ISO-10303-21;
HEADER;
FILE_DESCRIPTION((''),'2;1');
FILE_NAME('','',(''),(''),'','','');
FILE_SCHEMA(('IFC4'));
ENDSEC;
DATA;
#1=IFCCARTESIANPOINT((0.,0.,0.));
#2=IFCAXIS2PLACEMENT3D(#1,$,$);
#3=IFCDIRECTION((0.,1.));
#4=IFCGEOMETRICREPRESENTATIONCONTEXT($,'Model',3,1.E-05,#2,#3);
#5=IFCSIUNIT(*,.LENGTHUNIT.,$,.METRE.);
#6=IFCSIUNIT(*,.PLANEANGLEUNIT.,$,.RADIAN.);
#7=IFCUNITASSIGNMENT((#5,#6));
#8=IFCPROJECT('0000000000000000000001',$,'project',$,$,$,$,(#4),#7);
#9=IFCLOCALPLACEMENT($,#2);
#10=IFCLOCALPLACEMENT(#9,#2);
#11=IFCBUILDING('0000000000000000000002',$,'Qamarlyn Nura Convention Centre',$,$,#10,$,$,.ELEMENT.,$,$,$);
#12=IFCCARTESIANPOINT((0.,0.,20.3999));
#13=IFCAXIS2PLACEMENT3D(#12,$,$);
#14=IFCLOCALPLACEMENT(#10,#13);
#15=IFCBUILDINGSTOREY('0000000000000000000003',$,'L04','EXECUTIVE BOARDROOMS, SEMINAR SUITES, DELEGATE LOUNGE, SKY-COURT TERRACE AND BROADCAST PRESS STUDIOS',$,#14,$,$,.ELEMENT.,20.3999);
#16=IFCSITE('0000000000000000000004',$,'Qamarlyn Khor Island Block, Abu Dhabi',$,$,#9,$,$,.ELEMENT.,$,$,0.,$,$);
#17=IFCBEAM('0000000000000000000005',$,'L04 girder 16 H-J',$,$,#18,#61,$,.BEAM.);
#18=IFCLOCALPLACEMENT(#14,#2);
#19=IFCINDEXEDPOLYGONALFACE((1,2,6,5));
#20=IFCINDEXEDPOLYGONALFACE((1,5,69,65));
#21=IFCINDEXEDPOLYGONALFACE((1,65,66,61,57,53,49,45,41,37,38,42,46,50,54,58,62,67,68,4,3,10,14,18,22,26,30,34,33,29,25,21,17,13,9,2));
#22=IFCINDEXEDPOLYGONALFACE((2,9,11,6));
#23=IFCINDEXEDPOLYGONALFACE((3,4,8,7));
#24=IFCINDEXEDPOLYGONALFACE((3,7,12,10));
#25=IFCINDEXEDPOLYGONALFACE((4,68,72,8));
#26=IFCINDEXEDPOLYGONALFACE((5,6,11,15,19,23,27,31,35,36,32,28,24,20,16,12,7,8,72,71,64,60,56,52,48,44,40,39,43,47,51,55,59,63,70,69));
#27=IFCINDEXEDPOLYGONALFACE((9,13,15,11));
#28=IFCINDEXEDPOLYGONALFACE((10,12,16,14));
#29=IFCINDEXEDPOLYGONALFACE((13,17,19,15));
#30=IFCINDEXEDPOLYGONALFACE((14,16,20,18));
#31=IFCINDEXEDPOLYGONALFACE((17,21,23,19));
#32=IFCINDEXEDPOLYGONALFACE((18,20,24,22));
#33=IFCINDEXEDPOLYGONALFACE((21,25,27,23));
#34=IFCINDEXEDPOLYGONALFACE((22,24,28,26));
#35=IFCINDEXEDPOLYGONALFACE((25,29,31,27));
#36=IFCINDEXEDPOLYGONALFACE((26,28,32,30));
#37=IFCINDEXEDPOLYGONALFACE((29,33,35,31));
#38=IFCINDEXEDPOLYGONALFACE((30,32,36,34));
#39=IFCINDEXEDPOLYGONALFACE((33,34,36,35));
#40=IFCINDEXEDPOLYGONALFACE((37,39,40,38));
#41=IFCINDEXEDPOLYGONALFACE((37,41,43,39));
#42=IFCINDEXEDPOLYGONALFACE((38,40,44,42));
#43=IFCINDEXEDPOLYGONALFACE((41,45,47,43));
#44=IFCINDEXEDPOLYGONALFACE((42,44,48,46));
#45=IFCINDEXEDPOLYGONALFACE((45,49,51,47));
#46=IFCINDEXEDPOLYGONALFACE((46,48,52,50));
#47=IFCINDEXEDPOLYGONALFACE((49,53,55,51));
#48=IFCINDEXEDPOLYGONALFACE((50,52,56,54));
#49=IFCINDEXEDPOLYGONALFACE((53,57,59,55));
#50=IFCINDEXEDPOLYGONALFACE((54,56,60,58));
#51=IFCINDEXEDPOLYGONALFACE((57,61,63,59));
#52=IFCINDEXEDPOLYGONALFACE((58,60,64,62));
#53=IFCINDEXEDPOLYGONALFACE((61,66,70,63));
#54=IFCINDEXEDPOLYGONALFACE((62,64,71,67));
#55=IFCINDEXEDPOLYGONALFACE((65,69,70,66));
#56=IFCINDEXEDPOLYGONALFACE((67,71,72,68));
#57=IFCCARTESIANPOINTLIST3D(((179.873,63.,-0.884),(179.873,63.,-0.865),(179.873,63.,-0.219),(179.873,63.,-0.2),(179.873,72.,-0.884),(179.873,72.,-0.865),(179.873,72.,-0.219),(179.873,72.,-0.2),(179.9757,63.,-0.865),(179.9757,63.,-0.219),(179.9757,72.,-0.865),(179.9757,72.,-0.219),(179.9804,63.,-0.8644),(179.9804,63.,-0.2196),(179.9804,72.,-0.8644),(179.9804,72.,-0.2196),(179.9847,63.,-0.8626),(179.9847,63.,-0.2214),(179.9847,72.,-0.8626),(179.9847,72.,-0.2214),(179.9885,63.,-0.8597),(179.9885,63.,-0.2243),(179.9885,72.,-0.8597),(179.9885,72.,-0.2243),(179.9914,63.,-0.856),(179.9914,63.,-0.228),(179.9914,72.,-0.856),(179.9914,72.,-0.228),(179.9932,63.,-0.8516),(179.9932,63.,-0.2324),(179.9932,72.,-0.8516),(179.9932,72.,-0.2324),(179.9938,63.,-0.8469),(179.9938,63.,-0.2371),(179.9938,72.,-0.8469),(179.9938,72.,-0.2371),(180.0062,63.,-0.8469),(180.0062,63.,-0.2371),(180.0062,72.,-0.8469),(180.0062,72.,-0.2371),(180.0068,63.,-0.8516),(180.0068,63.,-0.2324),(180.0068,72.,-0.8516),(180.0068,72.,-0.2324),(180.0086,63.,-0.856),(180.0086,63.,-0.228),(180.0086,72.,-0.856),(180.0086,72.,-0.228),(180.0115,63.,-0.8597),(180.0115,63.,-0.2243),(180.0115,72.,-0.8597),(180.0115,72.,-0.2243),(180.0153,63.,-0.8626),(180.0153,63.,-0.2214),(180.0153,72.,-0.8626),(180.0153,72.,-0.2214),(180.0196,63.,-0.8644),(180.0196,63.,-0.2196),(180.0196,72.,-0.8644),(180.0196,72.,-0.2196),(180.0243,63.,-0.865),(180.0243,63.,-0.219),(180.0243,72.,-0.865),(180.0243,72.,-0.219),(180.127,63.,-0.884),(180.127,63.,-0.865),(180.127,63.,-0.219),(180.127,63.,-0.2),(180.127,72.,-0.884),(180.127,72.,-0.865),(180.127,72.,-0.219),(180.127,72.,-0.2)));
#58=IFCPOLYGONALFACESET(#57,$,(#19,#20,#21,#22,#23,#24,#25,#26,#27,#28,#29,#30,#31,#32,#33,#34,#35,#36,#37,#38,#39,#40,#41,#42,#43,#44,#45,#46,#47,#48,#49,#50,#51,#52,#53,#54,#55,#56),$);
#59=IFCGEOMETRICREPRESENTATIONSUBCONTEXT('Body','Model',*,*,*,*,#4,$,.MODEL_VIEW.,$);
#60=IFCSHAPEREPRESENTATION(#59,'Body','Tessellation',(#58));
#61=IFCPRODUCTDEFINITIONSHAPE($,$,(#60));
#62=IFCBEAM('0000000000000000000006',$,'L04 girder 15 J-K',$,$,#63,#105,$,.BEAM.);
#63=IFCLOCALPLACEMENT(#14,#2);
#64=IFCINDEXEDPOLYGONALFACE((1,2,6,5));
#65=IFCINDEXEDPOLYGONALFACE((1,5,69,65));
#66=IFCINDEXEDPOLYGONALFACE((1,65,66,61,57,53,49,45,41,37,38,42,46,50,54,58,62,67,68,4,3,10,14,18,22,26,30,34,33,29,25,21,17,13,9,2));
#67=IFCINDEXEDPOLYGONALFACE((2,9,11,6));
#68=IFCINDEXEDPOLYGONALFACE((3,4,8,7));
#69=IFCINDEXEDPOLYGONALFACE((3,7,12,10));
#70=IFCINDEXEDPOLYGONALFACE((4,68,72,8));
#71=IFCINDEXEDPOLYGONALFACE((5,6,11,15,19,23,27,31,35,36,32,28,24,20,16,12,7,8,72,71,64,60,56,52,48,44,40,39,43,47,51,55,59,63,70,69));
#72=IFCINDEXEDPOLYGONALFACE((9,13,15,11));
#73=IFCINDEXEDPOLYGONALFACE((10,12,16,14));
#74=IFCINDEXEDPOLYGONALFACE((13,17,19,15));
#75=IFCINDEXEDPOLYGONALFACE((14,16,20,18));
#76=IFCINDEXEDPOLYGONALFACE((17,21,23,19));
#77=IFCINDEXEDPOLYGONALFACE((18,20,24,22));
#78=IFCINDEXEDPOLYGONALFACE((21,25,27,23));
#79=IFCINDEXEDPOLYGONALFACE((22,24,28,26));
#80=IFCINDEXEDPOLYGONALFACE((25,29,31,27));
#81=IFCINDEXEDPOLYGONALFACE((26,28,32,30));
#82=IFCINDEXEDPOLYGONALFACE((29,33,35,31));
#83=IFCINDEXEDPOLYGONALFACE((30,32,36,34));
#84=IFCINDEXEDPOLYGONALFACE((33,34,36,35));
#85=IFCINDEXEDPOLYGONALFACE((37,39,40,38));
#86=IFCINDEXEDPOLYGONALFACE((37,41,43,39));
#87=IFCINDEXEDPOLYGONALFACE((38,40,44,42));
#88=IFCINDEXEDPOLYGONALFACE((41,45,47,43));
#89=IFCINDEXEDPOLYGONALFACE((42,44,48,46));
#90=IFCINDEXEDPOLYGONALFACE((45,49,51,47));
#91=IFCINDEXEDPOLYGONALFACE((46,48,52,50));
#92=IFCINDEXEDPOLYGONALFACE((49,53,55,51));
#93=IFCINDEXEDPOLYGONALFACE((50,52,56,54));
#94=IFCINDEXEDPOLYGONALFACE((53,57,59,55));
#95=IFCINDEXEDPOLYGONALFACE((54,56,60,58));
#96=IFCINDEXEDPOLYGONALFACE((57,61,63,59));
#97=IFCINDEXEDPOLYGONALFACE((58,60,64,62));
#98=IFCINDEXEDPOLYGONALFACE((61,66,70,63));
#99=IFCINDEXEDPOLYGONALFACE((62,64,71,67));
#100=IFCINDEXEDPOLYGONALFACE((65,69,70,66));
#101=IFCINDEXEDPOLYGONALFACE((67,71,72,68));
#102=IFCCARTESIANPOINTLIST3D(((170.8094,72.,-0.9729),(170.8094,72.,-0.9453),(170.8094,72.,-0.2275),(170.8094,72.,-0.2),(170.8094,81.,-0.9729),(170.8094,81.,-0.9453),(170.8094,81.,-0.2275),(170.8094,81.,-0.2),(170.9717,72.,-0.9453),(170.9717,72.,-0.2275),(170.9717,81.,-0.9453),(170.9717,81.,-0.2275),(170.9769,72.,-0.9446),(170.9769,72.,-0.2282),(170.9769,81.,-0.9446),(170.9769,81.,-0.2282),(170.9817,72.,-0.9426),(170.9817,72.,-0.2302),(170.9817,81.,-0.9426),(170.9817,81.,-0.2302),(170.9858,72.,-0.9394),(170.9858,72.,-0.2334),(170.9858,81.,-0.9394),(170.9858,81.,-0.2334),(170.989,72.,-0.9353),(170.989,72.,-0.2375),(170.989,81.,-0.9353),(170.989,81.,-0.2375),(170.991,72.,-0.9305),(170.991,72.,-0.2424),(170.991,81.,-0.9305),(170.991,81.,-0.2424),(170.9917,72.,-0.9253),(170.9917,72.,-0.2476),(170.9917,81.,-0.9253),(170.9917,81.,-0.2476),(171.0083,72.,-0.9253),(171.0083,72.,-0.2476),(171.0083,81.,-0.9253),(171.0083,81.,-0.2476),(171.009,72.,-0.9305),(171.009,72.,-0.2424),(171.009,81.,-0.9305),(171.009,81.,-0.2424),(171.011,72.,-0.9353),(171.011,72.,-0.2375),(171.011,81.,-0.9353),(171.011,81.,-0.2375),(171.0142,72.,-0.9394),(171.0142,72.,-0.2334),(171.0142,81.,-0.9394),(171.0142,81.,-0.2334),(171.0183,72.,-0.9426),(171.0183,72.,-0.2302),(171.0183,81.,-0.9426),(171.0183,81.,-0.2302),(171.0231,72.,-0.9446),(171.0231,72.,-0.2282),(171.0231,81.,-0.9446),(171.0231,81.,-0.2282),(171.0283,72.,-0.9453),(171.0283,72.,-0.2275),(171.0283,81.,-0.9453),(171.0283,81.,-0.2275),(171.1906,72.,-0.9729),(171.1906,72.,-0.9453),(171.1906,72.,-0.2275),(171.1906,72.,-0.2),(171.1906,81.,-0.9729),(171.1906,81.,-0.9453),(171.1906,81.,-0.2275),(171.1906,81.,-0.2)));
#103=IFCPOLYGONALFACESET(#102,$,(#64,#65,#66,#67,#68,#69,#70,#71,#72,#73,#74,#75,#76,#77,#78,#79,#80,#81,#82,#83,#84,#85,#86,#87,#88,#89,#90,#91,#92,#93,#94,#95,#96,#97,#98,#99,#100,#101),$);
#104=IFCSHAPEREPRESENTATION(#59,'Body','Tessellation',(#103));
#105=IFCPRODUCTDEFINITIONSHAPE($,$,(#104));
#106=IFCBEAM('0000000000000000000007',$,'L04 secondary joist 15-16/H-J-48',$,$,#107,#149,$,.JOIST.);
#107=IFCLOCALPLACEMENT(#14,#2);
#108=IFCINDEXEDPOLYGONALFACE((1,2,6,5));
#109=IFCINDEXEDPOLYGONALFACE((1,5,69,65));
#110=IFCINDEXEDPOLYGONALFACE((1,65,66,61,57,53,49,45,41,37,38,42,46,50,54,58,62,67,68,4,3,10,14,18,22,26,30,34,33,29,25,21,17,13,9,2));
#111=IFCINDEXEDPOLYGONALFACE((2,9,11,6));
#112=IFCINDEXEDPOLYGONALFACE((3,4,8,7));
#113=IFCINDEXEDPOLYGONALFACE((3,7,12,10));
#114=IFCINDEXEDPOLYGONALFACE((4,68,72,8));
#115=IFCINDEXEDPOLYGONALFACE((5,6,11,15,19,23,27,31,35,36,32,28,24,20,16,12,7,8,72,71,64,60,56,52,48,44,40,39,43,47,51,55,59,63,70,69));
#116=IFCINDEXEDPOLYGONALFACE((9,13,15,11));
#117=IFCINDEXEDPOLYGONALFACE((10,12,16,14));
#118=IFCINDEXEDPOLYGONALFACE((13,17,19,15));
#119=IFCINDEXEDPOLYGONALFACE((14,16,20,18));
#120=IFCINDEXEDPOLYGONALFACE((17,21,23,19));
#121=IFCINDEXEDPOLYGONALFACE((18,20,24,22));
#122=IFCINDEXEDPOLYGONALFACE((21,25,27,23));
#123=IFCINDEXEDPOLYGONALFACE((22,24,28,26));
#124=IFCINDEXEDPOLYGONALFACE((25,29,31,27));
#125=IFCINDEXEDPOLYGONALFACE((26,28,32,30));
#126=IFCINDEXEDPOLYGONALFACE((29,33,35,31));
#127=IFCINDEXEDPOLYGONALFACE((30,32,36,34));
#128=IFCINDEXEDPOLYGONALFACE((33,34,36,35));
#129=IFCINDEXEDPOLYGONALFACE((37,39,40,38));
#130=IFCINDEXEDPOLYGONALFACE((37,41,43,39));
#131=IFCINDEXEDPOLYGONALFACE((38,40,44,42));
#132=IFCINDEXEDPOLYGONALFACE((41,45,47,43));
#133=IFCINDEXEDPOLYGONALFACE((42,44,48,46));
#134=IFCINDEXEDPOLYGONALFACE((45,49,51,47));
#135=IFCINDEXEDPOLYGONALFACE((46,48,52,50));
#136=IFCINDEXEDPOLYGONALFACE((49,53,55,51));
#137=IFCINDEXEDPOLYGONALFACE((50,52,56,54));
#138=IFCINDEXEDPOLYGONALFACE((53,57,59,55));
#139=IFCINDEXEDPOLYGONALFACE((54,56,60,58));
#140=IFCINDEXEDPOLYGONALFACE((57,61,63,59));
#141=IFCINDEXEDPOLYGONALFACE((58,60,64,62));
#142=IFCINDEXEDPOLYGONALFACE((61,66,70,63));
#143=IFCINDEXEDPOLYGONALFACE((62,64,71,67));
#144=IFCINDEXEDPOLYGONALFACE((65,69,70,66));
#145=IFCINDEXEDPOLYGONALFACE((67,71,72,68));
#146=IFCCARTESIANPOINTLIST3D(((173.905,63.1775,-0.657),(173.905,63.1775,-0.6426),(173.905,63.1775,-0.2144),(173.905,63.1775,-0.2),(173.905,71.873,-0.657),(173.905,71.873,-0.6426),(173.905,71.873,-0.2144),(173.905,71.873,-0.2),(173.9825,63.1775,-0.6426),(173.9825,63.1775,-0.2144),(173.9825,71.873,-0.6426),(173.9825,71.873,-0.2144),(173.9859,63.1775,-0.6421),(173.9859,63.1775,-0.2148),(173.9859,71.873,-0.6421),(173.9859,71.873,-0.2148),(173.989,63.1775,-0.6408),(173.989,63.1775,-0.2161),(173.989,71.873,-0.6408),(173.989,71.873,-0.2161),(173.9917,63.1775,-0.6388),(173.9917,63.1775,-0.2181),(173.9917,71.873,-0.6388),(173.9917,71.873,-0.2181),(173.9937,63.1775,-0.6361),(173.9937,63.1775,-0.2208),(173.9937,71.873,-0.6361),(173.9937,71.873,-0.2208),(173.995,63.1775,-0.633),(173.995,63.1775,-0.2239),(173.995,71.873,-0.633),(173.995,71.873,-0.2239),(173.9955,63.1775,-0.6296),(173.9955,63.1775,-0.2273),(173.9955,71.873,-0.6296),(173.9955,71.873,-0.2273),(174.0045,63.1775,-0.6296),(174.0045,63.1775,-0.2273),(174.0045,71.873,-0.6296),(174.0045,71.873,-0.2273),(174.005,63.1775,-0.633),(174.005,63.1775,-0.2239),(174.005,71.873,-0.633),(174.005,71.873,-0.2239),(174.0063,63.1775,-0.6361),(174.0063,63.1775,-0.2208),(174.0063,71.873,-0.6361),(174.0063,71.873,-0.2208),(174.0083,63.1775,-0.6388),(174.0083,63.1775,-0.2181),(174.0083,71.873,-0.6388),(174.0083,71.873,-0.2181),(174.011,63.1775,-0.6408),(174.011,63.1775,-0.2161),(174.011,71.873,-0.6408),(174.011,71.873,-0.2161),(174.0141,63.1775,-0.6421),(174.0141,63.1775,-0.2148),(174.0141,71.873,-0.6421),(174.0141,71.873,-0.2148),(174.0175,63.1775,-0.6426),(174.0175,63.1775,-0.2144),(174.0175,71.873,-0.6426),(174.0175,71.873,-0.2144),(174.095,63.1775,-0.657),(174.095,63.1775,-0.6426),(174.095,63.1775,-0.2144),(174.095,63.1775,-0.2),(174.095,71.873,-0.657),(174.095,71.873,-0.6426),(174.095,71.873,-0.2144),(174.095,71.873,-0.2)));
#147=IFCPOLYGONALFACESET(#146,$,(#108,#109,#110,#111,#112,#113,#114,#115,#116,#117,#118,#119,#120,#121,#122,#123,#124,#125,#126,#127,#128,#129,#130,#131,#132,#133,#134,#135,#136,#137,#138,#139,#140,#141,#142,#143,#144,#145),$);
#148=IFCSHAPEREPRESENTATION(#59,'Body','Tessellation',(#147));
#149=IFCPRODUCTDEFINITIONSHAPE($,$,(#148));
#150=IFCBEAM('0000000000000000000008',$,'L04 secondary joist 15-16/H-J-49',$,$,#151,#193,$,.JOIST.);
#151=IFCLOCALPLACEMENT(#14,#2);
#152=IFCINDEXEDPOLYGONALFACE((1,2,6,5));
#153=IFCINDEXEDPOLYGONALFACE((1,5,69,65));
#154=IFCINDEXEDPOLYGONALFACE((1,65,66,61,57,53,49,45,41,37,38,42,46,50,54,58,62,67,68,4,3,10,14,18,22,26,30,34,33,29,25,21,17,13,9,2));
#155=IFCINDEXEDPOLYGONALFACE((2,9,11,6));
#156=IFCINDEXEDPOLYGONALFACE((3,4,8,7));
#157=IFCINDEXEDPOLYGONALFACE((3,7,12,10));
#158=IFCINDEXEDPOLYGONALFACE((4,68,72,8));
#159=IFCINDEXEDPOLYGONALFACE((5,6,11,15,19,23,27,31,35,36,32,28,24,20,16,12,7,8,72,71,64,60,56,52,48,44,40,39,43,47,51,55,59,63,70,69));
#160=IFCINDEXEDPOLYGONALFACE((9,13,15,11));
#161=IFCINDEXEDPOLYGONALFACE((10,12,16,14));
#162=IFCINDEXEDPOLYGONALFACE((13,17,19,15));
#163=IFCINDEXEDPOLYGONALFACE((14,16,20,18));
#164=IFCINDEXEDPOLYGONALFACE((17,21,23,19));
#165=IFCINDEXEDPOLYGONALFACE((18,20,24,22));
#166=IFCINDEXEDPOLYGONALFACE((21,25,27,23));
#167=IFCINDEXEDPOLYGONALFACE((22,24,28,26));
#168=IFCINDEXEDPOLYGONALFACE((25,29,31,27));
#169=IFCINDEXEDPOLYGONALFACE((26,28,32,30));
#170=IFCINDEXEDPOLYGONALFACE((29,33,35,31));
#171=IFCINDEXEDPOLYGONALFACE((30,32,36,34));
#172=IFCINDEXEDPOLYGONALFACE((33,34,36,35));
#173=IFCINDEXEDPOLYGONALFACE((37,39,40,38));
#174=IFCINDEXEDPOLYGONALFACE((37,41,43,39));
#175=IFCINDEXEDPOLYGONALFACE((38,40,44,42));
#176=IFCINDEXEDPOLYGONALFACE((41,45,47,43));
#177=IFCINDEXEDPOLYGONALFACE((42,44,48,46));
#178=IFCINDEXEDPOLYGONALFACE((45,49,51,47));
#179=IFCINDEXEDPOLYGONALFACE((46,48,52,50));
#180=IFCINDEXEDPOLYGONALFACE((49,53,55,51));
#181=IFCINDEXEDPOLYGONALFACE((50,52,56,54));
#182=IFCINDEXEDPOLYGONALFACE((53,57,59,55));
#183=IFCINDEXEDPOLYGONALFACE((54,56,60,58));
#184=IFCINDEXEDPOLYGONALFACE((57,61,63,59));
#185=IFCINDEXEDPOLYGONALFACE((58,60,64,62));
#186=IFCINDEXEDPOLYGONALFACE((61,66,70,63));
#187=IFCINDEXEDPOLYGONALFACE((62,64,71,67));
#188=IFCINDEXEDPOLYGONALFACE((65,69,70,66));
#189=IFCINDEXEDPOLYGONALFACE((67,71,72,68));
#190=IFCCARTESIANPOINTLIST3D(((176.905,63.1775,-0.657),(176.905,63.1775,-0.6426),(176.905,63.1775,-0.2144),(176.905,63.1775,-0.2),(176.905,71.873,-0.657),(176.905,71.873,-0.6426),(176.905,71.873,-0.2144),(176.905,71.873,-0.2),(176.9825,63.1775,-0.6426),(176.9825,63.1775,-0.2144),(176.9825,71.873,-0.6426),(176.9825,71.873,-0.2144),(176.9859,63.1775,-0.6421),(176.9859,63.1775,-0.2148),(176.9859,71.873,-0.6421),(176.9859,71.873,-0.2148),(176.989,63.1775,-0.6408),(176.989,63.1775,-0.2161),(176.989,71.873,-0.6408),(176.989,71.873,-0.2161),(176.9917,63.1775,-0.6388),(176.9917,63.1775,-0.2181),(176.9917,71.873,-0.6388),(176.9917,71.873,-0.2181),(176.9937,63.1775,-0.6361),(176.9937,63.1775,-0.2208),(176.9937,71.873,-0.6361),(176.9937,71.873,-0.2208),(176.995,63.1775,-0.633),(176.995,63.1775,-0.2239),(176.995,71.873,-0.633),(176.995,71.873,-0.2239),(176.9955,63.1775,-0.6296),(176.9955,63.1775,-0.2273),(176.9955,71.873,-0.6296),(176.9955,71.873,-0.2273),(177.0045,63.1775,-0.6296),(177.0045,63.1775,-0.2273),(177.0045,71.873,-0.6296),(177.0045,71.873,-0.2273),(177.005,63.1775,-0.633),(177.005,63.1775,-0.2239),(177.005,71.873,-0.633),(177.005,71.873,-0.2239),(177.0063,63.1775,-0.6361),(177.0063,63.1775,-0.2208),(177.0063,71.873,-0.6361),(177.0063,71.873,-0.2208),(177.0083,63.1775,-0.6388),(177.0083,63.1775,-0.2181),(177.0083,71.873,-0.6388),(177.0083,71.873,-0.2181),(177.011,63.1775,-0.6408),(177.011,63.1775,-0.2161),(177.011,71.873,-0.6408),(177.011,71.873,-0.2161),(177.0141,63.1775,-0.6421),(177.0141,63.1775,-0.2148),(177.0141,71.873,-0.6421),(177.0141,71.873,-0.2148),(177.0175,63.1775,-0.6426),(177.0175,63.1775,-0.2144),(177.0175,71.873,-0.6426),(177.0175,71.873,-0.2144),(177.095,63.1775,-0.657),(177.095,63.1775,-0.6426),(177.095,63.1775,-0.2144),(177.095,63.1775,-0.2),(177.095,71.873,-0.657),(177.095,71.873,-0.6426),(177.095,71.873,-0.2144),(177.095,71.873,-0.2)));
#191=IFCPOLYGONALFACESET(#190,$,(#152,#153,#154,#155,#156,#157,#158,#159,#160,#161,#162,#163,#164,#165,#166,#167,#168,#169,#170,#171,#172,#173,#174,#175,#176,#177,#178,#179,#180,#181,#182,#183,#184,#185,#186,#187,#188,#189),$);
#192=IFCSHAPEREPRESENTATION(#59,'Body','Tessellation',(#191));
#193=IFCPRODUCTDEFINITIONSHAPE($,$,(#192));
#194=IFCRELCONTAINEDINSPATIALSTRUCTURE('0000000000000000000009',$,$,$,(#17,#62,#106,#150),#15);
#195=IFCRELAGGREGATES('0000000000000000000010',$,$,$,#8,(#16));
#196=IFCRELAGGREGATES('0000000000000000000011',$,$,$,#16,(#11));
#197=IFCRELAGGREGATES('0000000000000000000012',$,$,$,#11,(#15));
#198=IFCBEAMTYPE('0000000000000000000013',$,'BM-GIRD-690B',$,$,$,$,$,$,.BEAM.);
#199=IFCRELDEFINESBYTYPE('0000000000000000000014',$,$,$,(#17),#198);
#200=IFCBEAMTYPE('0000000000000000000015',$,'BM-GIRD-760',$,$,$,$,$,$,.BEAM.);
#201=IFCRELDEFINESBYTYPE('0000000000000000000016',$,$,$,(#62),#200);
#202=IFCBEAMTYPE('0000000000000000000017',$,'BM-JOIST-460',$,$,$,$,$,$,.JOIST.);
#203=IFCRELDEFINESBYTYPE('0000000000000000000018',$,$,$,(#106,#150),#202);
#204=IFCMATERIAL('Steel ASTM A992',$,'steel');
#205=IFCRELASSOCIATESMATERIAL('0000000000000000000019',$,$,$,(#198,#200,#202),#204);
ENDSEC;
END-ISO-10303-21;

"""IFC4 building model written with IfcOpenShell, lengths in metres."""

from ifc_helpers import new_model, si_unit, direction, frame, origin, origin_2d, place, context, subcontext, project, spatial, i_section, extrude, material, material_profile, profile_set, type_object, element, save


model = new_model("IFC4")

# Units and contexts
model_context = context("Model", 3, precision=1e-05, world=origin(), true_north=direction((0.0, 1.0)))
body_context = subcontext(model_context, "Body", "Model", "MODEL_VIEW")
ifc_project = project(units=[si_unit("LENGTHUNIT", "METRE"), si_unit("PLANEANGLEUNIT", "RADIAN")], contexts=[model_context])

# Site, building, storey
site_placement = place(None, origin())
site = spatial("IfcSite", under=ifc_project, at=site_placement, Name="Qamarlyn Khor Island Block, Abu Dhabi", CompositionType="ELEMENT", RefElevation=0.0)
building_placement = place(site_placement, origin())
building = spatial("IfcBuilding", under=site, at=building_placement, Name="Qamarlyn Nura Convention Centre", CompositionType="ELEMENT")
storey_placement = place(building_placement, frame((0.0, 0.0, 20.3999)))
storey = spatial("IfcBuildingStorey", under=building, at=storey_placement, Name="L04", Description="EXECUTIVE BOARDROOMS, SEMINAR SUITES, DELEGATE LOUNGE, SKY-COURT TERRACE AND BROADCAST PRESS STUDIOS", CompositionType="ELEMENT", Elevation=20.3999)

# Shared definitions
ifc_material_1 = material(Name="Steel ASTM A992", Category="steel")

# Beams
ifc_material_profile_1 = material_profile(ifc_material_1, i_section(OverallWidth=0.2539, OverallDepth=0.6841, WebThickness=0.0125, FlangeThickness=0.019, FilletRadius=0.0181, at=origin_2d()), Name="W690X140")
ifc_profile_set_1 = profile_set([ifc_material_profile_1], Name="Steel ASTM A992")
beam_type_1 = type_object("IfcBeamType", Name="BM-GIRD-690B", PredefinedType="BEAM", material=ifc_profile_set_1)
for number, where, z_axis, x_axis, name in (
    (1, (180.0, 63.0, -0.542), (0.0, 1.0, 0.0), (-1.0, 0.0, 0.0), "L04 girder 16 H-J"),
):
    element("IfcBeam", number, at=place(storey_placement, frame(where, z_axis=z_axis, x_axis=x_axis)), inside=storey, type_object=beam_type_1, Name=name, PredefinedType="BEAM", context=body_context, shape_type="SweptSolid", body=[
        extrude(i_section(OverallWidth=0.2539, OverallDepth=0.6841, WebThickness=0.0125, FlangeThickness=0.019, FilletRadius=0.0181, at=origin_2d()), origin(), (0.0, 0.0, 1.0), 9.0),
    ])
ifc_material_profile_2 = material_profile(ifc_material_1, i_section(OverallWidth=0.3811, OverallDepth=0.7729, WebThickness=0.0166, FlangeThickness=0.0276, FilletRadius=0.02, at=origin_2d()), Name="W760X257")
ifc_profile_set_2 = profile_set([ifc_material_profile_2], Name="Steel ASTM A992")
beam_type_2 = type_object("IfcBeamType", Name="BM-GIRD-760", PredefinedType="BEAM", material=ifc_profile_set_2)
beam_1_placement = place(storey_placement, frame((171.0, 72.0, -0.5864), z_axis=(0.0, 1.0, 0.0), x_axis=(-1.0, 0.0, 0.0)))
element("IfcBeam", 2, at=beam_1_placement, inside=storey, type_object=beam_type_2, Name="L04 girder 15 J-K", PredefinedType="BEAM", context=body_context, shape_type="SweptSolid", body=[
    extrude(i_section(OverallWidth=0.3811, OverallDepth=0.7729, WebThickness=0.0166, FlangeThickness=0.0276, FilletRadius=0.02, at=origin_2d()), origin(), (0.0, 0.0, 1.0), 9.0),
])
ifc_material_profile_3 = material_profile(ifc_material_1, i_section(OverallWidth=0.1899, OverallDepth=0.457, WebThickness=0.009, FlangeThickness=0.0144, FilletRadius=0.0129, at=origin_2d()), Name="W460X74")
ifc_profile_set_3 = profile_set([ifc_material_profile_3], Name="Steel ASTM A992")
beam_type_3 = type_object("IfcBeamType", Name="BM-JOIST-460", PredefinedType="JOIST", material=ifc_profile_set_3)
for number, where, z_axis, x_axis, name in (
    (3, (174.0, 63.1775, -0.4285), (0.0, 1.0, 0.0), (-1.0, 0.0, 0.0), "L04 secondary joist 15-16/H-J-48"),
    (4, (177.0, 63.1775, -0.4285), (0.0, 1.0, 0.0), (-1.0, 0.0, 0.0), "L04 secondary joist 15-16/H-J-49"),
):
    element("IfcBeam", number, at=place(storey_placement, frame(where, z_axis=z_axis, x_axis=x_axis)), inside=storey, type_object=beam_type_3, Name=name, PredefinedType="JOIST", context=body_context, shape_type="SweptSolid", body=[
        extrude(i_section(OverallWidth=0.1899, OverallDepth=0.457, WebThickness=0.009, FlangeThickness=0.0144, FilletRadius=0.0129, at=origin_2d()), origin(), (0.0, 0.0, 1.0), 8.6956),
    ])

save(model, "model.ifc")
